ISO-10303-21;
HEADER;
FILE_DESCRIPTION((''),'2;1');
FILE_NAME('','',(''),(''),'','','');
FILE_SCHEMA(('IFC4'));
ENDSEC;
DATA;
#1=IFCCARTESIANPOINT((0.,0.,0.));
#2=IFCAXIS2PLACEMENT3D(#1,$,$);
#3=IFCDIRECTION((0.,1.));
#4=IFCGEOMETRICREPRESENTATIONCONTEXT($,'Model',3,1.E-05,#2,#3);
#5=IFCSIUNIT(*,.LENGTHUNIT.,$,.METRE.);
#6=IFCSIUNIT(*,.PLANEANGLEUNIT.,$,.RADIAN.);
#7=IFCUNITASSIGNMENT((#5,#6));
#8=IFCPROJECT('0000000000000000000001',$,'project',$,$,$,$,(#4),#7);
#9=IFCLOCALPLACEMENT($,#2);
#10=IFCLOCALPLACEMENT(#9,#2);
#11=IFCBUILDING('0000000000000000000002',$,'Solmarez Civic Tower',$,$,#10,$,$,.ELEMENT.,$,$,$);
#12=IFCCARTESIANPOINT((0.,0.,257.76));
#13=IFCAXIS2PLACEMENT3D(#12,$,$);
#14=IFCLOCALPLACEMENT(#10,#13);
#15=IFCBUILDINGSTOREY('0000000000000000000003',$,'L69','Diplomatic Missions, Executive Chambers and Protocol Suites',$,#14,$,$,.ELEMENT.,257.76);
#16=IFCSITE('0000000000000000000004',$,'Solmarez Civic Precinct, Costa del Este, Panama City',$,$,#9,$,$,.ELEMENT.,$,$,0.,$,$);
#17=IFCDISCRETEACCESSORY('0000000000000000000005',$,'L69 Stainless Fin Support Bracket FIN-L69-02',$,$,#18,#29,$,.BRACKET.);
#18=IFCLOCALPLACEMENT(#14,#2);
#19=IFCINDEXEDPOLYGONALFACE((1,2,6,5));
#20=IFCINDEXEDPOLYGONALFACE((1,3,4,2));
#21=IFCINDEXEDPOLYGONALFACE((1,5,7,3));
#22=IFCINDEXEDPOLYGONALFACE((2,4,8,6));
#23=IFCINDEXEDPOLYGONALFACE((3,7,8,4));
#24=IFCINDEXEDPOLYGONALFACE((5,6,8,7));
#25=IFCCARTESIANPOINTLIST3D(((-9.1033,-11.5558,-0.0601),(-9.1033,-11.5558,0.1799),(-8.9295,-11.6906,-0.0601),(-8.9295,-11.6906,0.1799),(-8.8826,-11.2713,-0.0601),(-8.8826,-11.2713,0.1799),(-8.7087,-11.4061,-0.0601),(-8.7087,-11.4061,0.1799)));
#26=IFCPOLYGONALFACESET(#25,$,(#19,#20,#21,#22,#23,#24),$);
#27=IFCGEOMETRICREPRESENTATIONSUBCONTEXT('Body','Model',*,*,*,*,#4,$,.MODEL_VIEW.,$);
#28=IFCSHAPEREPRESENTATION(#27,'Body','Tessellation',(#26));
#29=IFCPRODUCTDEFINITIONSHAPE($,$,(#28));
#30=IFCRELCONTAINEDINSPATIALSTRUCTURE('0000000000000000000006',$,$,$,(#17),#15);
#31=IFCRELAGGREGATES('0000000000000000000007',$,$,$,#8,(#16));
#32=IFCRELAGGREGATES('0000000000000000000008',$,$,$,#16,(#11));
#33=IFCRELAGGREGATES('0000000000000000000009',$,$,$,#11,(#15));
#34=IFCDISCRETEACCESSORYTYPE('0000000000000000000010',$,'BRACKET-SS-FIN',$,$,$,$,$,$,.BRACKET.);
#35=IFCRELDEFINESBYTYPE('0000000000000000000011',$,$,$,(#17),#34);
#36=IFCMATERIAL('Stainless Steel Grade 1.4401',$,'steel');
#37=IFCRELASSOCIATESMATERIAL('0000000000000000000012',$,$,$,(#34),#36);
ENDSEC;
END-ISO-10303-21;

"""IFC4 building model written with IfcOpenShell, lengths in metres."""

from ifc_helpers import new_model, si_unit, direction, frame, origin, origin_2d, place, context, subcontext, project, spatial, rectangle, extrude, material, type_object, element, save


model = new_model("IFC4")

# Units and contexts
model_context = context("Model", 3, precision=1e-05, world=origin(), true_north=direction((0.0, 1.0)))
body_context = subcontext(model_context, "Body", "Model", "MODEL_VIEW")
ifc_project = project(units=[si_unit("LENGTHUNIT", "METRE"), si_unit("PLANEANGLEUNIT", "RADIAN")], contexts=[model_context])

# Site, building, storey
site_placement = place(None, origin())
site = spatial("IfcSite", under=ifc_project, at=site_placement, Name="Solmarez Civic Precinct, Costa del Este, Panama City", CompositionType="ELEMENT", RefElevation=0.0)
building_placement = place(site_placement, origin())
building = spatial("IfcBuilding", under=site, at=building_placement, Name="Solmarez Civic Tower", CompositionType="ELEMENT")
storey_placement = place(building_placement, frame((0.0, 0.0, 257.76)))
storey = spatial("IfcBuildingStorey", under=building, at=storey_placement, Name="L69", Description="Diplomatic Missions, Executive Chambers and Protocol Suites", CompositionType="ELEMENT", Elevation=257.76)

# Discrete accessory
ifc_material_1 = material(Name="Stainless Steel Grade 1.4401", Category="steel")
discrete_accessory_type = type_object("IfcDiscreteAccessoryType", Name="BRACKET-SS-FIN", PredefinedType="BRACKET", material=ifc_material_1)
discrete_accessory_placement = place(storey_placement, frame((-8.906, -11.481, -0.0601), z_axis=(0.0, 0.0, 1.0), x_axis=(-0.612889, -0.790169, 0.0)))
element("IfcDiscreteAccessory", 1, at=discrete_accessory_placement, inside=storey, type_object=discrete_accessory_type, Name="L69 Stainless Fin Support Bracket FIN-L69-02", PredefinedType="BRACKET", context=body_context, shape_type="SweptSolid", body=[
    extrude(rectangle(XDim=0.3601, YDim=0.22, at=origin_2d()), origin(), (0.0, 0.0, 1.0), 0.24),
])

save(model, "model.ifc")
